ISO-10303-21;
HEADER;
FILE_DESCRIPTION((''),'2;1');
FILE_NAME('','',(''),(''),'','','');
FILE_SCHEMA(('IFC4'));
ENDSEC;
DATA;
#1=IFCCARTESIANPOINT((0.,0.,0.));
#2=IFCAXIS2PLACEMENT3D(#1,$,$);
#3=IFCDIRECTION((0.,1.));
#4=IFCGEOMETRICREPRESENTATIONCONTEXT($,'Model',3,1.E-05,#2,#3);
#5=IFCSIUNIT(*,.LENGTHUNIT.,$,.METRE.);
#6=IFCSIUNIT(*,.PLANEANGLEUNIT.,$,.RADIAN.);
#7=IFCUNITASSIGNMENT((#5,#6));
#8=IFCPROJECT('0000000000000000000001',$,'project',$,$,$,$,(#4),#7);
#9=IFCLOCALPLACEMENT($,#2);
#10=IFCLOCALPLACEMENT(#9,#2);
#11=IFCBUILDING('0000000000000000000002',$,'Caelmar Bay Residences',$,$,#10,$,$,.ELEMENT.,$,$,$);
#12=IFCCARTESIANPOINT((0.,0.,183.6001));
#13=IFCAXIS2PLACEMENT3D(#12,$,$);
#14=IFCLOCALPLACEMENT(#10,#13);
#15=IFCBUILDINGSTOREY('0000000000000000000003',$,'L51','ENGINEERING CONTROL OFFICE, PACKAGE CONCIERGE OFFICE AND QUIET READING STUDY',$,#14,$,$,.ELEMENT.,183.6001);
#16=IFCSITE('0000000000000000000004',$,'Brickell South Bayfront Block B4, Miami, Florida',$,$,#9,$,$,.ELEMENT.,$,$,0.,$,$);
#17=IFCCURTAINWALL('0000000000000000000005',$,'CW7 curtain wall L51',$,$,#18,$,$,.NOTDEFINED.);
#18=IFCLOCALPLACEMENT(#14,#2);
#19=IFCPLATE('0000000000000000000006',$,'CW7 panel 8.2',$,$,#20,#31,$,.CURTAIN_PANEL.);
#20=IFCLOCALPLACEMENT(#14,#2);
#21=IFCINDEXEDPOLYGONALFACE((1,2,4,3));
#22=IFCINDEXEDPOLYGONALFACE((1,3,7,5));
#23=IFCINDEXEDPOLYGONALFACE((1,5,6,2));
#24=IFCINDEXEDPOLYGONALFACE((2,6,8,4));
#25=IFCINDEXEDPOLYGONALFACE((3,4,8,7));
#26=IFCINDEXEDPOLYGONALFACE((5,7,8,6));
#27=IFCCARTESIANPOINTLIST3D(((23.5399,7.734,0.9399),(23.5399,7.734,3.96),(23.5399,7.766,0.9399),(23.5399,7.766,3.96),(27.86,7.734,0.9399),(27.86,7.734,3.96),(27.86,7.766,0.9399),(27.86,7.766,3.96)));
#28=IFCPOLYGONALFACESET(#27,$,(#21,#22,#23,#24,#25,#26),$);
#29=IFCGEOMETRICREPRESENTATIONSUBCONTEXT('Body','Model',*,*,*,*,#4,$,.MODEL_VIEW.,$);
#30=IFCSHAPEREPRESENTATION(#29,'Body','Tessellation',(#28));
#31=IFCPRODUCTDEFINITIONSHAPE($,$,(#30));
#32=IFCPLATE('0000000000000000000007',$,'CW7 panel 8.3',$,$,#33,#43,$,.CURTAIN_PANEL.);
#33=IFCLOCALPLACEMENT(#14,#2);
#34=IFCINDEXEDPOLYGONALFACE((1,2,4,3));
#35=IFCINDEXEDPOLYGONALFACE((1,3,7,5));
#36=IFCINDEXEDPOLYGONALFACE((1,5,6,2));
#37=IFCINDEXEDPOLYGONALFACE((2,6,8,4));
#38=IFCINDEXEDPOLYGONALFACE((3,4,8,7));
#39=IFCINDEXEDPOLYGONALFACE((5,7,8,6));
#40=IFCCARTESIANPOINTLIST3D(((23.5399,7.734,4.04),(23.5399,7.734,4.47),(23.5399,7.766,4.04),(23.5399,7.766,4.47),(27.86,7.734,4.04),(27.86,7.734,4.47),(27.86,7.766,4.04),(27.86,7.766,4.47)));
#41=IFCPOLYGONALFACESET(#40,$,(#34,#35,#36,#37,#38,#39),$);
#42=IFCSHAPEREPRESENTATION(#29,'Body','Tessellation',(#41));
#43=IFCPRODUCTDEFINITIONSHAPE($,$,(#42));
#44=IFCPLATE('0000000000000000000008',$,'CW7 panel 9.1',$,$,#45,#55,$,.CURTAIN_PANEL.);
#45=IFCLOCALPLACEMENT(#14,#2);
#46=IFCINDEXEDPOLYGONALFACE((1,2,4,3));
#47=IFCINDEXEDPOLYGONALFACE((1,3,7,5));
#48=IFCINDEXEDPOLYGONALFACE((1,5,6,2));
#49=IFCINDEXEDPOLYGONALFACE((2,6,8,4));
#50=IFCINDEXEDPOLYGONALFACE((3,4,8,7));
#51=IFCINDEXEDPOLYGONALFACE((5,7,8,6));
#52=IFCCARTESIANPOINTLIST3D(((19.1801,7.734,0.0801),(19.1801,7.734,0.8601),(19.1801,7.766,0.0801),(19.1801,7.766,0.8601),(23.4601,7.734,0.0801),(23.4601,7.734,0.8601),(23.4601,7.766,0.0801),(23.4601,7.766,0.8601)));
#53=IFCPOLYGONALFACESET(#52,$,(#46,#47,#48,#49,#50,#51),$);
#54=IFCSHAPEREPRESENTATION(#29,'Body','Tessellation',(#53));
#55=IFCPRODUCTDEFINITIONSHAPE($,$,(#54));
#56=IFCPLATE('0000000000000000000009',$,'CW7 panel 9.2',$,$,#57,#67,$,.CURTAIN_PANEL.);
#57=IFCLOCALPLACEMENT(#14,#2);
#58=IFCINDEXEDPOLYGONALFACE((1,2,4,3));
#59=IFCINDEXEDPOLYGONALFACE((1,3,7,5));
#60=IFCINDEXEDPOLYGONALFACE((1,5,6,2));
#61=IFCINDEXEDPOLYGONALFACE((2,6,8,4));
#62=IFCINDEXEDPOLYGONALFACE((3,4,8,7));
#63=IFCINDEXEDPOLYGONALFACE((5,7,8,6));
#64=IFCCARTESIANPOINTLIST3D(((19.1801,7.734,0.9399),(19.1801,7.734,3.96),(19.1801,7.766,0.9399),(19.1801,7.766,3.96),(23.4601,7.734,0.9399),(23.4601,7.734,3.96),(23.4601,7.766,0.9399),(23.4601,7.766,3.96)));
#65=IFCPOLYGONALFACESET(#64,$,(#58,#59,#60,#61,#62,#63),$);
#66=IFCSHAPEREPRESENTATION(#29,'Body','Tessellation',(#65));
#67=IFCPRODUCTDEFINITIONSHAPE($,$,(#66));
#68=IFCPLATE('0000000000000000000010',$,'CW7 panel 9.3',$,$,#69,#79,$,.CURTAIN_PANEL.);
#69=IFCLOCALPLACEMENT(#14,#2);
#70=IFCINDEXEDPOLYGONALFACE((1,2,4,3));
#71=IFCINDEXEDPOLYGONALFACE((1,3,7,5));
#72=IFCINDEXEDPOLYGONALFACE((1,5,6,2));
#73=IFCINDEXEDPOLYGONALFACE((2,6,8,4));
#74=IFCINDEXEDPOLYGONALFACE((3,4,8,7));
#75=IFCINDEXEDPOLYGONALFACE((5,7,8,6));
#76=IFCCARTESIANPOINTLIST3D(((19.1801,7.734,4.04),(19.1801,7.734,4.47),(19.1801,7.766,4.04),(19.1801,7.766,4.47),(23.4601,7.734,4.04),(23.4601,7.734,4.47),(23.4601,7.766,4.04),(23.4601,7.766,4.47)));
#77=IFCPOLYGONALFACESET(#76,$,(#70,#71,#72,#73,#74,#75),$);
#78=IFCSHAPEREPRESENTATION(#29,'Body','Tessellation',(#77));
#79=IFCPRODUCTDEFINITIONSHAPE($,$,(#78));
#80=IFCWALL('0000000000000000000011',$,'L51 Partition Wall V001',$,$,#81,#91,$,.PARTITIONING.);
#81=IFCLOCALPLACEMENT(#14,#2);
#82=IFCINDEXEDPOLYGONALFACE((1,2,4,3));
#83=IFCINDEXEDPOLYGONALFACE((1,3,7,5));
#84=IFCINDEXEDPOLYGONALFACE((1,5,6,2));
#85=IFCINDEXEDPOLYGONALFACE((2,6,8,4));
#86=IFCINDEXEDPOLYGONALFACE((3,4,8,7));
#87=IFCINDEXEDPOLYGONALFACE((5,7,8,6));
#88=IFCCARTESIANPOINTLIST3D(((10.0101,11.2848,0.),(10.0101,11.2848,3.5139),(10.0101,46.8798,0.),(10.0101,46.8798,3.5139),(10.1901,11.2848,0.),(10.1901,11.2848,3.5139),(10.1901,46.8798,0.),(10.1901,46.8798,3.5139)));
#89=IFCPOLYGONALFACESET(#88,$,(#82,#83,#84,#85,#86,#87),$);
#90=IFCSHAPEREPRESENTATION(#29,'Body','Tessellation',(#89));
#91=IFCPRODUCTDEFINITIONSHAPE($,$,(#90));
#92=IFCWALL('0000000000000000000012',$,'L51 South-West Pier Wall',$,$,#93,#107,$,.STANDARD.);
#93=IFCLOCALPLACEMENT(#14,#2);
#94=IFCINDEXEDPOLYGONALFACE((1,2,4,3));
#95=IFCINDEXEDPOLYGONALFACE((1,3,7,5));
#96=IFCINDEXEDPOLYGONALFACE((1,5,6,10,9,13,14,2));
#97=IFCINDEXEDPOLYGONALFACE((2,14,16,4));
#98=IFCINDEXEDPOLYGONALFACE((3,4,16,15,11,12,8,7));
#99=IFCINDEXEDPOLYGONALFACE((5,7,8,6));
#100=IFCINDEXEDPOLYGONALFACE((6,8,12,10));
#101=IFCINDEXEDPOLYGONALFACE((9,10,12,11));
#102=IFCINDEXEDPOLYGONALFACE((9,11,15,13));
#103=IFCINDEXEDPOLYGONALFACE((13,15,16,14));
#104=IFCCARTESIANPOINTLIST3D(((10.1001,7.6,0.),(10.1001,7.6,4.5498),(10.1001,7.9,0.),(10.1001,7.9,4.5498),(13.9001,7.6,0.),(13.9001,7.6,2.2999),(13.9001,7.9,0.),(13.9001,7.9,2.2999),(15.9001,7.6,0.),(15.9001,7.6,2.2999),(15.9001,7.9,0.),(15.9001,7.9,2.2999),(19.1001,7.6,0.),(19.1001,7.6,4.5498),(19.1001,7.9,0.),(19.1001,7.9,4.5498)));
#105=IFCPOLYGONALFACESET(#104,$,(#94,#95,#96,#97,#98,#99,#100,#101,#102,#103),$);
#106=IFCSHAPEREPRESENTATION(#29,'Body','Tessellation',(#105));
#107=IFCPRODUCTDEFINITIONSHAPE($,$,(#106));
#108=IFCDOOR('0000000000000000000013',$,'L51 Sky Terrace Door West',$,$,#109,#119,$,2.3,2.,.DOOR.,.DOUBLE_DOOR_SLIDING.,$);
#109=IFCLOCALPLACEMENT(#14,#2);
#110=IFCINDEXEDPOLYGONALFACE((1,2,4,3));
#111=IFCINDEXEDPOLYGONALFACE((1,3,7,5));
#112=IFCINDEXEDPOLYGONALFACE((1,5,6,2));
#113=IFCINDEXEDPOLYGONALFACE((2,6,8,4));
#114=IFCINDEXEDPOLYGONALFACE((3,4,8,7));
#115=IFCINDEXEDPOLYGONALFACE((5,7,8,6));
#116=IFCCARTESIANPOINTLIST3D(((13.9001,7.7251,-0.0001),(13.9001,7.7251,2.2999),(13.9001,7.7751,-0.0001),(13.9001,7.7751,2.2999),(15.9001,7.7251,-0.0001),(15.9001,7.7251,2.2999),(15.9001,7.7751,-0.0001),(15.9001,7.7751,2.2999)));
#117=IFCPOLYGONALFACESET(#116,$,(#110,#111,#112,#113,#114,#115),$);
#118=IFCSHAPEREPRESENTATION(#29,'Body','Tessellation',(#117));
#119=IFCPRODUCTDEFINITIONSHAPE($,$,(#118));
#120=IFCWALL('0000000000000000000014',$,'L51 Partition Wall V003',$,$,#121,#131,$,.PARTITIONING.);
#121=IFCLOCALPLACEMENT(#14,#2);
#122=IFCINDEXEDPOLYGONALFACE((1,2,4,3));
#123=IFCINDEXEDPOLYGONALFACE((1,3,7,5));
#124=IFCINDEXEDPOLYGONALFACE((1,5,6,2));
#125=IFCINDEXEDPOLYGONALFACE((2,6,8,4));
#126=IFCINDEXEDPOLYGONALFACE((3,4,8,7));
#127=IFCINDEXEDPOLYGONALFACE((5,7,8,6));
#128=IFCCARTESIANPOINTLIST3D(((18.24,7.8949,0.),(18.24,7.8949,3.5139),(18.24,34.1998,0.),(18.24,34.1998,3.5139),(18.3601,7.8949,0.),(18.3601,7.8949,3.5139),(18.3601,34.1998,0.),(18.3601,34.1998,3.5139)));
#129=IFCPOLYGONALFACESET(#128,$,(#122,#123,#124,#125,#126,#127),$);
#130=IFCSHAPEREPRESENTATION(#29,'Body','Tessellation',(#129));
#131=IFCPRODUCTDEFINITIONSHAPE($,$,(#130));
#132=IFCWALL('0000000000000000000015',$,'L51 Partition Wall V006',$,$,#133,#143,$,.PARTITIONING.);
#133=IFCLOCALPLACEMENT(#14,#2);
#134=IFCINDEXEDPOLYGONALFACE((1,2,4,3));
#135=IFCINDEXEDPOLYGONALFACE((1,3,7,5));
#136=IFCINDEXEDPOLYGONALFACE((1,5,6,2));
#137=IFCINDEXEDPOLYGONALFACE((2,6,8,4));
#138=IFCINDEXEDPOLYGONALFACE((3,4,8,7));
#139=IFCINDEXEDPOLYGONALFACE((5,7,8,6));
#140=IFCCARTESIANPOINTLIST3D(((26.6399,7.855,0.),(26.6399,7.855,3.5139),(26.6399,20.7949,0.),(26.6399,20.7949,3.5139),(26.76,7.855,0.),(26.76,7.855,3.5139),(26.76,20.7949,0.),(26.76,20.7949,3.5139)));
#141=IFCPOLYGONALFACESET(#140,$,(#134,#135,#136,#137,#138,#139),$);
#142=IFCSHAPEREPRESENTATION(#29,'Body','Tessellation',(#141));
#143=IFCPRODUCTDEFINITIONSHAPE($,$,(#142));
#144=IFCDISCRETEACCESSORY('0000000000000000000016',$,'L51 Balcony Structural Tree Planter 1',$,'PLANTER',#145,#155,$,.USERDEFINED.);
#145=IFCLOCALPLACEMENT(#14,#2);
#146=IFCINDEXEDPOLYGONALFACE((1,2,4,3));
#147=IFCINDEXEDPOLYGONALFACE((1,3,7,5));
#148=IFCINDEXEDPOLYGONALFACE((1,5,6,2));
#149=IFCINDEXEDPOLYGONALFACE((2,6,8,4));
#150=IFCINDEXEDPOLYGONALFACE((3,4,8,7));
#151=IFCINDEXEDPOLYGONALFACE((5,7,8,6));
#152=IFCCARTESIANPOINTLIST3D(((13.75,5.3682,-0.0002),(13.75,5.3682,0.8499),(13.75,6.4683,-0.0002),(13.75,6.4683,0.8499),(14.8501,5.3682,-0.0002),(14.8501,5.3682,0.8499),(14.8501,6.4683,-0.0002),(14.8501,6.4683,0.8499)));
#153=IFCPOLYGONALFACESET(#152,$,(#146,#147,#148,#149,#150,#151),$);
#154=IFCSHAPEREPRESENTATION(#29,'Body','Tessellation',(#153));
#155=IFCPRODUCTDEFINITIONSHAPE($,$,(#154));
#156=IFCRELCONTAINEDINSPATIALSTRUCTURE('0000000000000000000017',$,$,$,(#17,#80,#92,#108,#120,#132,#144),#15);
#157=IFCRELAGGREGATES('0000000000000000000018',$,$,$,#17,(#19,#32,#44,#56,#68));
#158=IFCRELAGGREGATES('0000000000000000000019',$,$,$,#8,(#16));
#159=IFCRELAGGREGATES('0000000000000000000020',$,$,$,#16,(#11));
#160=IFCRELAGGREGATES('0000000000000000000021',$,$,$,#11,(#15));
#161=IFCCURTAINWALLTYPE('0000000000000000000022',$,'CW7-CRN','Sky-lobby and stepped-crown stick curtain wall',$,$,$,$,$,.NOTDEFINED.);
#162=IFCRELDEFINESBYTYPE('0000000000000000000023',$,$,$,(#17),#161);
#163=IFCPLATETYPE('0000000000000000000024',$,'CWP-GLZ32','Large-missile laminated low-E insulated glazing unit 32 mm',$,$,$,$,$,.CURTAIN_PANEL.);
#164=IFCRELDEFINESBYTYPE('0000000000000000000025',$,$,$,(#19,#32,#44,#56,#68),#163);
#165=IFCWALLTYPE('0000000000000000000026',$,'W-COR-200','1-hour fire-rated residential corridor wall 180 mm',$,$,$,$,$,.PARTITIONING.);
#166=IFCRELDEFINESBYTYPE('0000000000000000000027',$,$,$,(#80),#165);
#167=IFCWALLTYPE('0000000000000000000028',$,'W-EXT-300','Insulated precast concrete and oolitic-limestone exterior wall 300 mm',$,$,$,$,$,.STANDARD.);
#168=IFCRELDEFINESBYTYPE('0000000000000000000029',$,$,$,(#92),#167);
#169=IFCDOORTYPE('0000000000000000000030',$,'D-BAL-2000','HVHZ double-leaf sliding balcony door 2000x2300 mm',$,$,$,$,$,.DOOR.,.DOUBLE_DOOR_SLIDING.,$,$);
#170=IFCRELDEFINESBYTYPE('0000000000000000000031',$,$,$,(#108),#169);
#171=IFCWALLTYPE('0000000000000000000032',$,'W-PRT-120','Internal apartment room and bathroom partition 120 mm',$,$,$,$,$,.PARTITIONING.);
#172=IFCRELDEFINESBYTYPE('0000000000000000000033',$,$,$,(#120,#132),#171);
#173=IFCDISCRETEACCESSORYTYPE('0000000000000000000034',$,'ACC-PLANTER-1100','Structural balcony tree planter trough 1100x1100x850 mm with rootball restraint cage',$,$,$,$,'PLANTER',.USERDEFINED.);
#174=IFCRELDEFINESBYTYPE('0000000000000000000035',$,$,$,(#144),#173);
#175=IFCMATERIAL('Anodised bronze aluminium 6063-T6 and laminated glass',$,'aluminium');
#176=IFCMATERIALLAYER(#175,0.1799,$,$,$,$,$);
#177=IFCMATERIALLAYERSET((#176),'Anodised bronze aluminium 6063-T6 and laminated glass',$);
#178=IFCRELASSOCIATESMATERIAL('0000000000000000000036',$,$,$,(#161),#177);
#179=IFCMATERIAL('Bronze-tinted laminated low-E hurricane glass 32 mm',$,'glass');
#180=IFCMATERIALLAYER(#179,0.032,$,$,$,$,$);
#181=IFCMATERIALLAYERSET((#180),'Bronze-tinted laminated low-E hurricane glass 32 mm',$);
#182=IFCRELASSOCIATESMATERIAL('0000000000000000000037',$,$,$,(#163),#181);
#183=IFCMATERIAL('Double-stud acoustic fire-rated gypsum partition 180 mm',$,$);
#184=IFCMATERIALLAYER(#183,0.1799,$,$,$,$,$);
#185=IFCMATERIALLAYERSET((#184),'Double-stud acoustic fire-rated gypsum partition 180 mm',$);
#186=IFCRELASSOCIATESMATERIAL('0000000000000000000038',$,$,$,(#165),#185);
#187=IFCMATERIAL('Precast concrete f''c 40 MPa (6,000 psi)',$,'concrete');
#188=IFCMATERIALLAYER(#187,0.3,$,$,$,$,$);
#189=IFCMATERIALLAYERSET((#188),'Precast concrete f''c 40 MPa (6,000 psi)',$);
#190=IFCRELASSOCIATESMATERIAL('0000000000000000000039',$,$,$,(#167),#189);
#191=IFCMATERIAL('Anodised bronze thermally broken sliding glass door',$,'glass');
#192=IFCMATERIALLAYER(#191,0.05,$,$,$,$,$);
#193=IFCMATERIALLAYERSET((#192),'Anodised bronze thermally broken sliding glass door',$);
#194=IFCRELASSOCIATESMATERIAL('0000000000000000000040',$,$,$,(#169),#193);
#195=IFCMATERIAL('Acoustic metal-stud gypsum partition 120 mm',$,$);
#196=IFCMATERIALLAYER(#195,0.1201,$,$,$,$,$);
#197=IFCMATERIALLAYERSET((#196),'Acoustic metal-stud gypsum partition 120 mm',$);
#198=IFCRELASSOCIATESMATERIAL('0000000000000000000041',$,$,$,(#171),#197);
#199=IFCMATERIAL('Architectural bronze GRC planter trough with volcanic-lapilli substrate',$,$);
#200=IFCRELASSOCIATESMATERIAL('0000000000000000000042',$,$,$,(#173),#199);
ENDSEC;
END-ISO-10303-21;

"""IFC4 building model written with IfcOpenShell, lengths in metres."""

from ifc_helpers import new_model, si_unit, direction, frame, frame_2d, origin, origin_2d, place, context, subcontext, project, spatial, rectangle, extrude, material, layer, layer_set, type_object, element, fill, aggregate, save


model = new_model("IFC4")

# Units and contexts
model_context = context("Model", 3, precision=1e-05, world=origin(), true_north=direction((0.0, 1.0)))
body_context = subcontext(model_context, "Body", "Model", "MODEL_VIEW")
ifc_project = project(units=[si_unit("LENGTHUNIT", "METRE"), si_unit("PLANEANGLEUNIT", "RADIAN")], contexts=[model_context])

# Site, building, storey
site_placement = place(None, origin())
site = spatial("IfcSite", under=ifc_project, at=site_placement, Name="Brickell South Bayfront Block B4, Miami, Florida", CompositionType="ELEMENT", RefElevation=0.0)
building_placement = place(site_placement, origin())
building = spatial("IfcBuilding", under=site, at=building_placement, Name="Caelmar Bay Residences", CompositionType="ELEMENT")
storey_placement = place(building_placement, frame((0.0, 0.0, 183.6001)))
storey = spatial("IfcBuildingStorey", under=building, at=storey_placement, Name="L51", Description="ENGINEERING CONTROL OFFICE, PACKAGE CONCIERGE OFFICE AND QUIET READING STUDY", CompositionType="ELEMENT", Elevation=183.6001)

# Curtain wall, plates
ifc_material_1 = material(Name="Anodised bronze aluminium 6063-T6 and laminated glass", Category="aluminium")
ifc_layer_1 = layer(ifc_material_1, 0.1799)
ifc_layer_set_1 = layer_set([ifc_layer_1], Name="Anodised bronze aluminium 6063-T6 and laminated glass")
curtain_wall_type = type_object("IfcCurtainWallType", Name="CW7-CRN", Description="Sky-lobby and stepped-crown stick curtain wall", PredefinedType="NOTDEFINED", material=ifc_layer_set_1)
curtain_wall_placement = place(storey_placement, origin())
curtain_wall = element("IfcCurtainWall", 1, at=curtain_wall_placement, inside=storey, type_object=curtain_wall_type, Name="CW7 curtain wall L51", PredefinedType="NOTDEFINED")
ifc_material_2 = material(Name="Bronze-tinted laminated low-E hurricane glass 32 mm", Category="glass")
ifc_layer_2 = layer(ifc_material_2, 0.032)
ifc_layer_set_2 = layer_set([ifc_layer_2], Name="Bronze-tinted laminated low-E hurricane glass 32 mm")
plate_type = type_object("IfcPlateType", Name="CWP-GLZ32", Description="Large-missile laminated low-E insulated glazing unit 32 mm", PredefinedType="CURTAIN_PANEL", material=ifc_layer_set_2)
plate_1_placement = place(storey_placement, frame((25.7, 7.75, 0.9399), z_axis=(0.0, 0.0, 1.0), x_axis=(-1.0, 0.0, 0.0)))
plate_1 = element("IfcPlate", 2, at=plate_1_placement, type_object=plate_type, Name="CW7 panel 8.2", PredefinedType="CURTAIN_PANEL", context=body_context, shape_type="SweptSolid", body=[
    extrude(rectangle(XDim=4.3201, YDim=0.032, at=origin_2d()), origin(), (0.0, 0.0, 1.0), 3.02),
])
plate_2_placement = place(storey_placement, frame((25.7, 7.75, 4.04), z_axis=(0.0, 0.0, 1.0), x_axis=(-1.0, 0.0, 0.0)))
plate_2 = element("IfcPlate", 3, at=plate_2_placement, type_object=plate_type, Name="CW7 panel 8.3", PredefinedType="CURTAIN_PANEL", context=body_context, shape_type="SweptSolid", body=[
    extrude(rectangle(XDim=4.3201, YDim=0.032, at=origin_2d()), origin(), (0.0, 0.0, 1.0), 0.4299),
])
plate_3_placement = place(storey_placement, frame((21.3201, 7.75, 0.0801), z_axis=(0.0, 0.0, 1.0), x_axis=(-1.0, 0.0, 0.0)))
plate_3 = element("IfcPlate", 4, at=plate_3_placement, type_object=plate_type, Name="CW7 panel 9.1", PredefinedType="CURTAIN_PANEL", context=body_context, shape_type="SweptSolid", body=[
    extrude(rectangle(XDim=4.28, YDim=0.032, at=origin_2d()), origin(), (0.0, 0.0, 1.0), 0.78),
])
plate_4_placement = place(storey_placement, frame((21.3201, 7.75, 0.9399), z_axis=(0.0, 0.0, 1.0), x_axis=(-1.0, 0.0, 0.0)))
plate_4 = element("IfcPlate", 5, at=plate_4_placement, type_object=plate_type, Name="CW7 panel 9.2", PredefinedType="CURTAIN_PANEL", context=body_context, shape_type="SweptSolid", body=[
    extrude(rectangle(XDim=4.28, YDim=0.032, at=origin_2d()), origin(), (0.0, 0.0, 1.0), 3.02),
])
plate_5_placement = place(storey_placement, frame((21.3201, 7.75, 4.04), z_axis=(0.0, 0.0, 1.0), x_axis=(-1.0, 0.0, 0.0)))
plate_5 = element("IfcPlate", 6, at=plate_5_placement, type_object=plate_type, Name="CW7 panel 9.3", PredefinedType="CURTAIN_PANEL", context=body_context, shape_type="SweptSolid", body=[
    extrude(rectangle(XDim=4.28, YDim=0.032, at=origin_2d()), origin(), (0.0, 0.0, 1.0), 0.4299),
])
aggregate(curtain_wall, [plate_1, plate_2, plate_3, plate_4, plate_5])

# Wall
ifc_material_3 = material(Name="Double-stud acoustic fire-rated gypsum partition 180 mm")
ifc_layer_3 = layer(ifc_material_3, 0.1799)
ifc_layer_set_3 = layer_set([ifc_layer_3], Name="Double-stud acoustic fire-rated gypsum partition 180 mm")
wall_type_1 = type_object("IfcWallType", Name="W-COR-200", Description="1-hour fire-rated residential corridor wall 180 mm", PredefinedType="PARTITIONING", material=ifc_layer_set_3)
wall_1_placement = place(storey_placement, frame((10.1001, 11.2849, 0.0), z_axis=(0.0, 0.0, 1.0), x_axis=(0.0, 1.0, 0.0)))
element("IfcWall", 7, at=wall_1_placement, inside=storey, type_object=wall_type_1, Name="L51 Partition Wall V001", PredefinedType="PARTITIONING", context=body_context, shape_type="SweptSolid", body=[
    extrude(rectangle(XDim=35.595, YDim=0.1799, at=frame_2d((17.7974, 0.0))), origin(), (0.0, 0.0, 1.0), 3.5139),
])

# Wall, opening, door
ifc_material_4 = material(Name="Precast concrete f'c 40 MPa (6,000 psi)", Category="concrete")
ifc_layer_4 = layer(ifc_material_4, 0.3)
ifc_layer_set_4 = layer_set([ifc_layer_4], Name="Precast concrete f'c 40 MPa (6,000 psi)")
wall_type_2 = type_object("IfcWallType", Name="W-EXT-300", Description="Insulated precast concrete and oolitic-limestone exterior wall 300 mm", PredefinedType="STANDARD", material=ifc_layer_set_4)
wall_2_placement = place(storey_placement, frame((19.1001, 7.75, 0.0), z_axis=(0.0, 0.0, 1.0), x_axis=(-1.0, 0.0, 0.0)))
wall_2 = element("IfcWall", 8, at=wall_2_placement, inside=storey, type_object=wall_type_2, Name="L51 South-West Pier Wall", PredefinedType="STANDARD", context=body_context, shape_type="SweptSolid", body=[
    extrude(rectangle(XDim=9.0, YDim=0.3, at=frame_2d((4.5, 0.0))), origin(), (0.0, 0.0, 1.0), 4.5498),
])
opening_placement = place(wall_2_placement, frame((3.2, 0.0, 0.0)))
opening = element("IfcOpeningElement", 9, at=opening_placement, cuts=wall_2, PredefinedType="OPENING", context=body_context, shape_type="SweptSolid", body=[
    extrude(rectangle(XDim=2.0, YDim=2.3, at=frame_2d((1.0, 1.1499))), frame((0.0, 0.1599, 0.0), z_axis=(0.0, -1.0, 0.0), x_axis=(1.0, 0.0, 0.0)), (0.0, 0.0, 1.0), 0.3201),
])
ifc_material_5 = material(Name="Anodised bronze thermally broken sliding glass door", Category="glass")
ifc_layer_5 = layer(ifc_material_5, 0.05)
ifc_layer_set_5 = layer_set([ifc_layer_5], Name="Anodised bronze thermally broken sliding glass door")
door_type = type_object("IfcDoorType", Name="D-BAL-2000", Description="HVHZ double-leaf sliding balcony door 2000x2300 mm", OperationType="DOUBLE_DOOR_SLIDING", PredefinedType="DOOR", material=ifc_layer_set_5)
door_placement = place(opening_placement, origin())
door = element("IfcDoor", 10, at=door_placement, inside=storey, type_object=door_type, Name="L51 Sky Terrace Door West", OperationType="DOUBLE_DOOR_SLIDING", OverallHeight=2.3, OverallWidth=2.0, PredefinedType="DOOR", context=body_context, shape_type="SweptSolid", body=[
    extrude(rectangle(XDim=2.0, YDim=2.3, at=frame_2d((1.0, 1.1499))), frame((0.0, 0.0249, 0.0), z_axis=(0.0, -1.0, 0.0), x_axis=(1.0, 0.0, 0.0)), (0.0, 0.0, 1.0), 0.05),
])
fill(opening, door)

# Walls
ifc_material_6 = material(Name="Acoustic metal-stud gypsum partition 120 mm")
ifc_layer_6 = layer(ifc_material_6, 0.1201)
ifc_layer_set_6 = layer_set([ifc_layer_6], Name="Acoustic metal-stud gypsum partition 120 mm")
wall_type_3 = type_object("IfcWallType", Name="W-PRT-120", Description="Internal apartment room and bathroom partition 120 mm", PredefinedType="PARTITIONING", material=ifc_layer_set_6)
wall_3_placement = place(storey_placement, frame((18.3, 7.895, 0.0), z_axis=(0.0, 0.0, 1.0), x_axis=(0.0, 1.0, 0.0)))
element("IfcWall", 11, at=wall_3_placement, inside=storey, type_object=wall_type_3, Name="L51 Partition Wall V003", PredefinedType="PARTITIONING", context=body_context, shape_type="SweptSolid", body=[
    extrude(rectangle(XDim=26.3049, YDim=0.1201, at=frame_2d((13.1523, 0.0))), origin(), (0.0, 0.0, 1.0), 3.5139),
])
wall_4_placement = place(storey_placement, frame((26.7, 7.855, 0.0), z_axis=(0.0, 0.0, 1.0), x_axis=(0.0, 1.0, 0.0)))
element("IfcWall", 12, at=wall_4_placement, inside=storey, type_object=wall_type_3, Name="L51 Partition Wall V006", PredefinedType="PARTITIONING", context=body_context, shape_type="SweptSolid", body=[
    extrude(rectangle(XDim=12.9399, YDim=0.1201, at=frame_2d((6.47, 0.0))), origin(), (0.0, 0.0, 1.0), 3.5139),
])

# Discrete accessory
ifc_material_7 = material(Name="Architectural bronze GRC planter trough with volcanic-lapilli substrate")
discrete_accessory_type = type_object("IfcDiscreteAccessoryType", Name="ACC-PLANTER-1100", Description="Structural balcony tree planter trough 1100x1100x850 mm with rootball restraint cage", ElementType="PLANTER", PredefinedType="USERDEFINED", material=ifc_material_7)
discrete_accessory_placement = place(storey_placement, frame((14.3, 5.9182, -0.0002), z_axis=(0.0, 0.0, 1.0), x_axis=(1.0, 0.0, 0.0)))
element("IfcDiscreteAccessory", 13, at=discrete_accessory_placement, inside=storey, type_object=discrete_accessory_type, Name="L51 Balcony Structural Tree Planter 1", ObjectType="PLANTER", PredefinedType="USERDEFINED", context=body_context, shape_type="SweptSolid", body=[
    extrude(rectangle(XDim=1.1001, YDim=1.1001, at=origin_2d()), origin(), (0.0, 0.0, 1.0), 0.8501),
])

save(model, "model.ifc")
